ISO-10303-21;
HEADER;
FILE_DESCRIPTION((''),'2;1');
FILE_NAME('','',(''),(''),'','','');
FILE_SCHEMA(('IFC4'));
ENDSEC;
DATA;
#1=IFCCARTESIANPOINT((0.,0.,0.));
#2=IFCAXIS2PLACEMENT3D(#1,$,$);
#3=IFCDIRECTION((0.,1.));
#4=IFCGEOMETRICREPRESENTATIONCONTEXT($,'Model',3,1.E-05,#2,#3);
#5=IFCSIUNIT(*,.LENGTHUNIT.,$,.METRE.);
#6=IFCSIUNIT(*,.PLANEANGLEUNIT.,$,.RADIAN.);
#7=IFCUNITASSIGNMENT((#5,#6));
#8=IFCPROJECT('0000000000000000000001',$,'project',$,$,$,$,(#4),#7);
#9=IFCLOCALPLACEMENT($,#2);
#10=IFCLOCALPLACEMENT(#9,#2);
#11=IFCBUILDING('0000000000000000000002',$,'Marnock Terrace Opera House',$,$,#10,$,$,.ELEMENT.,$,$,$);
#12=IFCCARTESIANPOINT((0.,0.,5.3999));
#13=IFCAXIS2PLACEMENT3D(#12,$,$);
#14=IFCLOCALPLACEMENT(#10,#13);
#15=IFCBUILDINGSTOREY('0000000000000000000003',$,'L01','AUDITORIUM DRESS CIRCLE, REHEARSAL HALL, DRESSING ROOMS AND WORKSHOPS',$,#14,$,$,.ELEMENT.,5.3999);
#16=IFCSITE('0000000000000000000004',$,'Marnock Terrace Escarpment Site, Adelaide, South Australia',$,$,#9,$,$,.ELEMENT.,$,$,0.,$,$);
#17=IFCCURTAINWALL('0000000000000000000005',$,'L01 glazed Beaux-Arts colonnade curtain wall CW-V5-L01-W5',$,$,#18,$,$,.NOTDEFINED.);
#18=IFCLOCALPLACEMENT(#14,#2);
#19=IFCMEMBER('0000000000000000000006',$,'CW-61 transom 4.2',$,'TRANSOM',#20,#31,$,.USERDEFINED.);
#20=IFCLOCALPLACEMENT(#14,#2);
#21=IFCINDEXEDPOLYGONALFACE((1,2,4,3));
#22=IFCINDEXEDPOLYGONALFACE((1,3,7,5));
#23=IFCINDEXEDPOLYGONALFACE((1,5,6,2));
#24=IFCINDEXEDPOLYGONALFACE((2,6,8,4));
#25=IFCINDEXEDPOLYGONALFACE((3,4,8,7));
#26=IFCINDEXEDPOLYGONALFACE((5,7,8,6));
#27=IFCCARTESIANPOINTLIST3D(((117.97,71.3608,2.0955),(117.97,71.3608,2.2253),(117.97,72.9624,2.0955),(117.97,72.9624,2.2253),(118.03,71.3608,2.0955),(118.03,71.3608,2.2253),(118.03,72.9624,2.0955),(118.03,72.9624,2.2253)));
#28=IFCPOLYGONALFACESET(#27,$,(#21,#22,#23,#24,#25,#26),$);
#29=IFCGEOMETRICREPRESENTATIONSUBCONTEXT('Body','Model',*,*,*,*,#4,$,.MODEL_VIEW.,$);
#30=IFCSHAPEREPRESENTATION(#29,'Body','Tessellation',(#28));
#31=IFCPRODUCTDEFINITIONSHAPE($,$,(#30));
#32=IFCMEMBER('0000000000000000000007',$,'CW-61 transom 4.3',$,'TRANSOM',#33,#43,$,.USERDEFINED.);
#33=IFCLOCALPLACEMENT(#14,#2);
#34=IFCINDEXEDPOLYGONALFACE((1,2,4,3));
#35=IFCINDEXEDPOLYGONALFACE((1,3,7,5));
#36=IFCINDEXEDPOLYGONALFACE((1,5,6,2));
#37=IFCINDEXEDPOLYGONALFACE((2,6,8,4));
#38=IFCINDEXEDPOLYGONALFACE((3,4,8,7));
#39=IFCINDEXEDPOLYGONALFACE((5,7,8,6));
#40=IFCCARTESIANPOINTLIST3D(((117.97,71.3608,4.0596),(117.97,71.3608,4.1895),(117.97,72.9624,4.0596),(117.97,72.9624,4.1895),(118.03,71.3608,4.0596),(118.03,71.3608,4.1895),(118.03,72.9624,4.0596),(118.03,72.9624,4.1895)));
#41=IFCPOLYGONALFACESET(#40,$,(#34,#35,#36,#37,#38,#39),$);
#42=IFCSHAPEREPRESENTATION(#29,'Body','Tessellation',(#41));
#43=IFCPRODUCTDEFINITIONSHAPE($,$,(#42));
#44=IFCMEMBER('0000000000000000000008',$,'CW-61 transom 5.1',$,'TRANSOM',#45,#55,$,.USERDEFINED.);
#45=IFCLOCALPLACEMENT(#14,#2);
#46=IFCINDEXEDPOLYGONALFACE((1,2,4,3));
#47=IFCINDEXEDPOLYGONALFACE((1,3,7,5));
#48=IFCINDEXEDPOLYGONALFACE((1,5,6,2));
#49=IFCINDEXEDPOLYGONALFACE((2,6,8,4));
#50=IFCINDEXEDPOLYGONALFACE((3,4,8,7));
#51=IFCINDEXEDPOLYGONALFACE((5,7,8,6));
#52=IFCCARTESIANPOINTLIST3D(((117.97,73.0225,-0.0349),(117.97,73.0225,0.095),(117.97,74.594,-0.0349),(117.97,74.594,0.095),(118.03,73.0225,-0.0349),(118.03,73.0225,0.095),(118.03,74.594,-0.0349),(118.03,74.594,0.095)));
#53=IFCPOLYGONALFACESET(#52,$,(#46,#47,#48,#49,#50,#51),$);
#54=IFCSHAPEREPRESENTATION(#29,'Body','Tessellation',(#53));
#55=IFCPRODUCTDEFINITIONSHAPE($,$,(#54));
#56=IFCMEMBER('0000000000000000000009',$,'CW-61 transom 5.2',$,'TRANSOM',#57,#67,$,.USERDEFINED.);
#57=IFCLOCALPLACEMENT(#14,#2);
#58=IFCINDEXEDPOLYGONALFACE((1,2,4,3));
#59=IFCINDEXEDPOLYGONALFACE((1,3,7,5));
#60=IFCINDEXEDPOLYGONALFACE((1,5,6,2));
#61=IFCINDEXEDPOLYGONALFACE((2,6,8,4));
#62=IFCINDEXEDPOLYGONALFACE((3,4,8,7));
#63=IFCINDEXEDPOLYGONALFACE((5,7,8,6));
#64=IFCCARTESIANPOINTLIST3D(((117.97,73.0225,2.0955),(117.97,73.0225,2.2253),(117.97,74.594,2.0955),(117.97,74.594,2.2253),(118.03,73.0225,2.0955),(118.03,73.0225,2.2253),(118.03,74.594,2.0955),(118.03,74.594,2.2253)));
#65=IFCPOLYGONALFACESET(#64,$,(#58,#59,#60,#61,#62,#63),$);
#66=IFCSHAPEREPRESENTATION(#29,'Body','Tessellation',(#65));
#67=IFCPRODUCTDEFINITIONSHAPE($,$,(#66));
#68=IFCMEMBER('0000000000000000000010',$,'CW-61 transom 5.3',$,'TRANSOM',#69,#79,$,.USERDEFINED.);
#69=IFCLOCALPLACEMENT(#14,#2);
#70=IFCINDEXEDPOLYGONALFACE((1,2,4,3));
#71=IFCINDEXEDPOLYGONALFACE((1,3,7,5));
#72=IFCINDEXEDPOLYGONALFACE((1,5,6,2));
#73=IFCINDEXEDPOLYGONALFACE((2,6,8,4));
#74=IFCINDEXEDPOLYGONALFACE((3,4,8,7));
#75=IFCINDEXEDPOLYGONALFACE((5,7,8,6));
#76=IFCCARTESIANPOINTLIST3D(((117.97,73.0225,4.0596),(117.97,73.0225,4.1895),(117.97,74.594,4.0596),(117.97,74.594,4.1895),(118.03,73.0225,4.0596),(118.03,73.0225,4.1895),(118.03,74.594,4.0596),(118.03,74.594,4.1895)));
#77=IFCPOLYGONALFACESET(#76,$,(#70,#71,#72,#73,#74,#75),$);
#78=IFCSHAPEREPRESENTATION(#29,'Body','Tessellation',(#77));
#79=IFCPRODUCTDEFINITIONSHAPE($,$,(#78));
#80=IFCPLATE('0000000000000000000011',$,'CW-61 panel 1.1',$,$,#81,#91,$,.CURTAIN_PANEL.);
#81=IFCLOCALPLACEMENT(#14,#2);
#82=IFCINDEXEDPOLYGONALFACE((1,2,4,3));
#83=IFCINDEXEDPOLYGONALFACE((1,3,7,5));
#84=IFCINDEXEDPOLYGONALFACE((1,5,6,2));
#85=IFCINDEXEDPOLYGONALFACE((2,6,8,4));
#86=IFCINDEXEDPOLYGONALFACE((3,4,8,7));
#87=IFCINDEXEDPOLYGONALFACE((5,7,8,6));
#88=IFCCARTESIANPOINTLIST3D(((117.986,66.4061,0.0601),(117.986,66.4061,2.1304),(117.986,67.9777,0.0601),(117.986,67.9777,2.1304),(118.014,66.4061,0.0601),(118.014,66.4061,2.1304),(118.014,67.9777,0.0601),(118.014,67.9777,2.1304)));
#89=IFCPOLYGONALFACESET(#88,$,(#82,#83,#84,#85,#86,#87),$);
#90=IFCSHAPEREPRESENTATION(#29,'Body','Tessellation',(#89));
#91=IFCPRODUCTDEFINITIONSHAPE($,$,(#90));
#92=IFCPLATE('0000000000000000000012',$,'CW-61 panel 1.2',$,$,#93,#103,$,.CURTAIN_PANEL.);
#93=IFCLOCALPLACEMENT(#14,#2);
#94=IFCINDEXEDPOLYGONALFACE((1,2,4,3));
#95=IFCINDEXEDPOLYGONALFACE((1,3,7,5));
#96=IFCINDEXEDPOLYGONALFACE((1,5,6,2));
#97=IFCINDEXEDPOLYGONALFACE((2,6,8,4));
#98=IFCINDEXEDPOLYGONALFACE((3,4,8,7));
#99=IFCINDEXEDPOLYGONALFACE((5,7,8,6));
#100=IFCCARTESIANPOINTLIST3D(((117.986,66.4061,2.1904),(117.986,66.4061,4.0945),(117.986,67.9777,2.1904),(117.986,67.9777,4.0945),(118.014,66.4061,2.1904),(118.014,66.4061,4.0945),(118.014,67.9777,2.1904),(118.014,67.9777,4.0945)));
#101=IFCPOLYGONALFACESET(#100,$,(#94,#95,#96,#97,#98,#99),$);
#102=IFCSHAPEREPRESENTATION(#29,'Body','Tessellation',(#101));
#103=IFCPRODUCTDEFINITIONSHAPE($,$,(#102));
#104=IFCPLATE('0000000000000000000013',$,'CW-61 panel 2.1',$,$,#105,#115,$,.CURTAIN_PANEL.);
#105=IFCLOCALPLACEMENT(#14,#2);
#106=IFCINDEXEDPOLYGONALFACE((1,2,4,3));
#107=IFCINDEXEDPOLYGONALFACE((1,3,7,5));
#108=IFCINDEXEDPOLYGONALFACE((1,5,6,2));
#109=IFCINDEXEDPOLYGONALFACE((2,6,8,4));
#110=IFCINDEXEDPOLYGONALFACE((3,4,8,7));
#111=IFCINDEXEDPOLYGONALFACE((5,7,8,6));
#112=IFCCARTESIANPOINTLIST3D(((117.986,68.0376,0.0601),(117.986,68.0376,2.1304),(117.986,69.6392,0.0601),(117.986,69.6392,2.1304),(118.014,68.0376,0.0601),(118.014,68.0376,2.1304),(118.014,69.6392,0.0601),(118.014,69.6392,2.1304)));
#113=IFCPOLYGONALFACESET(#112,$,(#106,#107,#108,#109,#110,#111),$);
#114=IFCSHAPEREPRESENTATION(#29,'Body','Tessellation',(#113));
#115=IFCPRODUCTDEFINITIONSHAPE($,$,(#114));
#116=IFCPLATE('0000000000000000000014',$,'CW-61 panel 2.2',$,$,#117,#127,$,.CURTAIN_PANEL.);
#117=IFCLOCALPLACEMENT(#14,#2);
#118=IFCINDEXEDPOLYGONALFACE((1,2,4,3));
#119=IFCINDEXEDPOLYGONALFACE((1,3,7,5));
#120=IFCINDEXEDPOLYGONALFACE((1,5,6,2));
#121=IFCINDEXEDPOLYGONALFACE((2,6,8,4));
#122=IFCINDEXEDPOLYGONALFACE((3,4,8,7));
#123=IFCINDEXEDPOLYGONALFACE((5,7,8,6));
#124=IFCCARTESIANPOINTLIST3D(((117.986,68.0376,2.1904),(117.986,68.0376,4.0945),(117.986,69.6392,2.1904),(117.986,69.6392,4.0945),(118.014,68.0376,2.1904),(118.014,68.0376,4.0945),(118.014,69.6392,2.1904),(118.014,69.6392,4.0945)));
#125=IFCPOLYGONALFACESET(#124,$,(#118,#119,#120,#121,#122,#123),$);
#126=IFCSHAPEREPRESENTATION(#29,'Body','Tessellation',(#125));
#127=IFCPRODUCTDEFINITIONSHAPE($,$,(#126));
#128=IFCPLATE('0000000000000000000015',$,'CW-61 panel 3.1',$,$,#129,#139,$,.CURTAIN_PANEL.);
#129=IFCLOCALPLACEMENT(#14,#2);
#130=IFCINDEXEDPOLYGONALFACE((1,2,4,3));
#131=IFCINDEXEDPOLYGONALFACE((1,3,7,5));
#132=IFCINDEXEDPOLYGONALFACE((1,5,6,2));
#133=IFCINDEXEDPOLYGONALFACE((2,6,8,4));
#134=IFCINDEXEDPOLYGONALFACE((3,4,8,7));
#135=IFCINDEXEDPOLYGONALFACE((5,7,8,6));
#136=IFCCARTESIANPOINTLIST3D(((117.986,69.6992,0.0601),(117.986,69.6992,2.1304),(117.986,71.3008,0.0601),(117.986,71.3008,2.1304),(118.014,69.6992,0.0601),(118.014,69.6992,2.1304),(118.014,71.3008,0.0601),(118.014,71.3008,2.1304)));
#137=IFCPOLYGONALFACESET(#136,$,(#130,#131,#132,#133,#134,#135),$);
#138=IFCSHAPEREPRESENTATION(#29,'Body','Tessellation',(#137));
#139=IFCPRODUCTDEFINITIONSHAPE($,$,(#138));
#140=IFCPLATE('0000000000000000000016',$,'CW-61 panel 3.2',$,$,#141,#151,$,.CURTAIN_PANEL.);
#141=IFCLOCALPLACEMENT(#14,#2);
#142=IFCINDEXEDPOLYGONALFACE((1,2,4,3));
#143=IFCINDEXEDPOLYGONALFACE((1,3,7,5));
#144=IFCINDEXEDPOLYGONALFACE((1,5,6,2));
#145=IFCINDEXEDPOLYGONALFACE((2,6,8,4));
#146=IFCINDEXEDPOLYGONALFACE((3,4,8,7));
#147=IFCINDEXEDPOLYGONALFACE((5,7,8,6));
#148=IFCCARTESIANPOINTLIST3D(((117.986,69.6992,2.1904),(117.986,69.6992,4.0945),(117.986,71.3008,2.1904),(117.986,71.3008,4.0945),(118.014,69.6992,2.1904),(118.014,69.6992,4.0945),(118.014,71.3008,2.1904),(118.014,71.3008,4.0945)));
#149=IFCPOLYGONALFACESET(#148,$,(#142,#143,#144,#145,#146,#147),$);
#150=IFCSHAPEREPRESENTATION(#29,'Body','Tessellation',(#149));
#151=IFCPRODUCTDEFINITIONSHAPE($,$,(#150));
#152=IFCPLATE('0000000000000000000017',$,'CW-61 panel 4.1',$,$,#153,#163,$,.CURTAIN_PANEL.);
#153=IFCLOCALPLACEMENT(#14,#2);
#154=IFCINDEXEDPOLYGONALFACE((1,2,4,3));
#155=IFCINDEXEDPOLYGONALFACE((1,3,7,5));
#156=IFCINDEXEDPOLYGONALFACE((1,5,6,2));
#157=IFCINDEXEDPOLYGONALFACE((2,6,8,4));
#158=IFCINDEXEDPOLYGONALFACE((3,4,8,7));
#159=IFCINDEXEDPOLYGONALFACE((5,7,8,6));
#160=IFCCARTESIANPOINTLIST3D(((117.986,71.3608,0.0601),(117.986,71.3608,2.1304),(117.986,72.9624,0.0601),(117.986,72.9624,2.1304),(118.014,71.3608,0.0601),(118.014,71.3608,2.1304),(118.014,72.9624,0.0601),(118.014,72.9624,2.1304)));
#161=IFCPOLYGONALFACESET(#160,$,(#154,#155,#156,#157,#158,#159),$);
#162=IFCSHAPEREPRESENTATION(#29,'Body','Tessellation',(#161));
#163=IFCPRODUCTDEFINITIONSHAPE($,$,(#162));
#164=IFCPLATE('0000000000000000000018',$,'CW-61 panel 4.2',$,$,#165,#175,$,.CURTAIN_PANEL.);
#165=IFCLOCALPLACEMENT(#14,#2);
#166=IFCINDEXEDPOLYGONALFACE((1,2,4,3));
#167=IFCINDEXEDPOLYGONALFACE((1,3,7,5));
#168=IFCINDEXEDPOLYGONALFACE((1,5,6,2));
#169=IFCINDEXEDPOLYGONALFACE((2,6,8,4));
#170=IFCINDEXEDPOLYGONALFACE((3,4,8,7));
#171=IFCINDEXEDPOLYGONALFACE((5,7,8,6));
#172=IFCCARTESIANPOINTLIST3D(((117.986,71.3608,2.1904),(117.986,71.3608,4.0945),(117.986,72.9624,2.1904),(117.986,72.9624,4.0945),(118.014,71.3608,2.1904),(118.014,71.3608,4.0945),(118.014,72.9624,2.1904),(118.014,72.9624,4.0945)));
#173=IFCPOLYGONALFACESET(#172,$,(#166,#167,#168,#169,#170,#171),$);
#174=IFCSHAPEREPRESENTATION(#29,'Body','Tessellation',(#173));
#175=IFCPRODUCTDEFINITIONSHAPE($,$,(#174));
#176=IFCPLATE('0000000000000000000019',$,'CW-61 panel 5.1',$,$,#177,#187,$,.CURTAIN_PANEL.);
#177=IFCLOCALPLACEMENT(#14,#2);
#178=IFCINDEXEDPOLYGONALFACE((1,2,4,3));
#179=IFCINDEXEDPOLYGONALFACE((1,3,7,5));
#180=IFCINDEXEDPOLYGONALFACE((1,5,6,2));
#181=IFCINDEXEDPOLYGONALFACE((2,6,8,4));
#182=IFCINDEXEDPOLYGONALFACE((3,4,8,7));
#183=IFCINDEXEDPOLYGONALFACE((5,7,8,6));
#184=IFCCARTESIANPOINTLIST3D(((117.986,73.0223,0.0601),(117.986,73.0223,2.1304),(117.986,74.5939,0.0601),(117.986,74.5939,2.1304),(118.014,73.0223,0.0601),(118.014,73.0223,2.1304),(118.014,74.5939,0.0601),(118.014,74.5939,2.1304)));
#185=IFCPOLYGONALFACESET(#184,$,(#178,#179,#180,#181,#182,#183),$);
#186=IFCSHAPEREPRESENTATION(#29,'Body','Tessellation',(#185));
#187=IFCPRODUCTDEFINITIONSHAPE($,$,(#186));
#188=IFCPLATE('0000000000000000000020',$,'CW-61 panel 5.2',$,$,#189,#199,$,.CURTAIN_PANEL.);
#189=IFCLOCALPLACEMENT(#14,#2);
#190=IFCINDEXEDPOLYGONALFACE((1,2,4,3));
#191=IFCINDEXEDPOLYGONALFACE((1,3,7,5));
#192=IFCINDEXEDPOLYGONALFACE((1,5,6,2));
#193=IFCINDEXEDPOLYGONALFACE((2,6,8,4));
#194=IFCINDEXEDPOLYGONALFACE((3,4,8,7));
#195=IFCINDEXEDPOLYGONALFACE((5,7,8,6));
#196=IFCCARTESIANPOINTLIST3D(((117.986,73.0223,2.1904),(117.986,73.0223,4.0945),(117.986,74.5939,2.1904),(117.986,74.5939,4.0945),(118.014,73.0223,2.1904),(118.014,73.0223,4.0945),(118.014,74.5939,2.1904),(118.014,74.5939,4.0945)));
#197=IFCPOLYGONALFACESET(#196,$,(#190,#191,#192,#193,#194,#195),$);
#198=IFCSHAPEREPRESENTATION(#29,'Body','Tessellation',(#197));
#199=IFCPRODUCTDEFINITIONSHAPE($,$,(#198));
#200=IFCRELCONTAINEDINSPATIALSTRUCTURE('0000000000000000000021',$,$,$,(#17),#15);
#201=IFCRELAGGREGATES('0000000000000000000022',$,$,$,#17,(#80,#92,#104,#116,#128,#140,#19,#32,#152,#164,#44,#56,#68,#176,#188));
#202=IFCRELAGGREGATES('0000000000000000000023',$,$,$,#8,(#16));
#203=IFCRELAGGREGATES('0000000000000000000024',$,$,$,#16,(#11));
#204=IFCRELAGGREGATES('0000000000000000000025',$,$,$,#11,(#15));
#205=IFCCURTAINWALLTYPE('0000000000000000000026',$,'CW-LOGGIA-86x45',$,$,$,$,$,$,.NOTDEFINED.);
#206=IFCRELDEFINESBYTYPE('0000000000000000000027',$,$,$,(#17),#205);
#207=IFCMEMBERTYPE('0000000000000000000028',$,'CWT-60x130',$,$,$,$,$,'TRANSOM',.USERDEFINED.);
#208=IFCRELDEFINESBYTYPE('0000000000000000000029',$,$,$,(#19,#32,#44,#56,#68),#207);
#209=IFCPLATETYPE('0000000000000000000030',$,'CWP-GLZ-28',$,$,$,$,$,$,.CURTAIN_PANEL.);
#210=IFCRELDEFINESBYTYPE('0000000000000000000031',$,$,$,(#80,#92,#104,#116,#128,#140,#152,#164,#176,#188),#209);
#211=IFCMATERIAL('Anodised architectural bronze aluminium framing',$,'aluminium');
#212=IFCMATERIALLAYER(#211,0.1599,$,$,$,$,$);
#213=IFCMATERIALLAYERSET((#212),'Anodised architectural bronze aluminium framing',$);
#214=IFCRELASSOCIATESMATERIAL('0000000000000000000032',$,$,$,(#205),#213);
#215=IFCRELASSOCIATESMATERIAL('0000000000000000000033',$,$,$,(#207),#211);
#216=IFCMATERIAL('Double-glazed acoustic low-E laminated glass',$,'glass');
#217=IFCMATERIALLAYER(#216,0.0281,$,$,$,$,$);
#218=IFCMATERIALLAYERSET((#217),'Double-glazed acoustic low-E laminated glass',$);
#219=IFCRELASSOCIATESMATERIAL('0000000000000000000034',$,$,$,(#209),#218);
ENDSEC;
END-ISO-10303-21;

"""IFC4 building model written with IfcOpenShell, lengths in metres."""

from ifc_helpers import new_model, si_unit, direction, frame, origin, origin_2d, place, context, subcontext, project, spatial, rectangle, extrude, material, layer, layer_set, material_profile, profile_set, type_object, element, aggregate, save


model = new_model("IFC4")

# Units and contexts
model_context = context("Model", 3, precision=1e-05, world=origin(), true_north=direction((0.0, 1.0)))
body_context = subcontext(model_context, "Body", "Model", "MODEL_VIEW")
ifc_project = project(units=[si_unit("LENGTHUNIT", "METRE"), si_unit("PLANEANGLEUNIT", "RADIAN")], contexts=[model_context])

# Site, building, storey
site_placement = place(None, origin())
site = spatial("IfcSite", under=ifc_project, at=site_placement, Name="Marnock Terrace Escarpment Site, Adelaide, South Australia", CompositionType="ELEMENT", RefElevation=0.0)
building_placement = place(site_placement, origin())
building = spatial("IfcBuilding", under=site, at=building_placement, Name="Marnock Terrace Opera House", CompositionType="ELEMENT")
storey_placement = place(building_placement, frame((0.0, 0.0, 5.3999)))
storey = spatial("IfcBuildingStorey", under=building, at=storey_placement, Name="L01", Description="AUDITORIUM DRESS CIRCLE, REHEARSAL HALL, DRESSING ROOMS AND WORKSHOPS", CompositionType="ELEMENT", Elevation=5.3999)

# Shared definitions
ifc_material_1 = material(Name="Anodised architectural bronze aluminium framing", Category="aluminium")

# Curtain wall
ifc_layer_1 = layer(ifc_material_1, 0.1599)
ifc_layer_set_1 = layer_set([ifc_layer_1], Name="Anodised architectural bronze aluminium framing")
curtain_wall_type_1 = type_object("IfcCurtainWallType", Name="CW-LOGGIA-86x45", PredefinedType="NOTDEFINED", material=ifc_layer_set_1)
curtain_wall_1_placement = place(storey_placement, origin())
curtain_wall_1 = element("IfcCurtainWall", 1, at=curtain_wall_1_placement, inside=storey, type_object=curtain_wall_type_1, Name="L01 glazed Beaux-Arts colonnade curtain wall CW-V5-L01-W5", PredefinedType="NOTDEFINED")

# Members
ifc_material_profile_1 = material_profile(ifc_material_1, rectangle(XDim=0.0601, YDim=0.1299, at=origin_2d()))
ifc_profile_set_1 = profile_set([ifc_material_profile_1], Name="Anodised architectural bronze aluminium framing")
member_type_1 = type_object("IfcMemberType", Name="CWT-60x130", ElementType="TRANSOM", PredefinedType="USERDEFINED", material=ifc_profile_set_1)
member_1_placement = place(storey_placement, frame((118.0, 71.3608, 2.1604), z_axis=(0.0, 1.0, 0.0), x_axis=(-1.0, 0.0, 0.0)))
member_1 = element("IfcMember", 2, at=member_1_placement, type_object=member_type_1, Name="CW-61 transom 4.2", ObjectType="TRANSOM", PredefinedType="USERDEFINED", context=body_context, shape_type="SweptSolid", body=[
    extrude(rectangle(XDim=0.0601, YDim=0.1299, at=origin_2d()), origin(), (0.0, 0.0, 1.0), 1.6016),
])
member_2_placement = place(storey_placement, frame((118.0, 71.3608, 4.1245), z_axis=(0.0, 1.0, 0.0), x_axis=(-1.0, 0.0, 0.0)))
member_2 = element("IfcMember", 3, at=member_2_placement, type_object=member_type_1, Name="CW-61 transom 4.3", ObjectType="TRANSOM", PredefinedType="USERDEFINED", context=body_context, shape_type="SweptSolid", body=[
    extrude(rectangle(XDim=0.0601, YDim=0.1299, at=origin_2d()), origin(), (0.0, 0.0, 1.0), 1.6016),
])
member_3_placement = place(storey_placement, frame((118.0, 73.0225, 0.03), z_axis=(0.0, 1.0, 0.0), x_axis=(-1.0, 0.0, 0.0)))
member_3 = element("IfcMember", 4, at=member_3_placement, type_object=member_type_1, Name="CW-61 transom 5.1", ObjectType="TRANSOM", PredefinedType="USERDEFINED", context=body_context, shape_type="SweptSolid", body=[
    extrude(rectangle(XDim=0.0601, YDim=0.1299, at=origin_2d()), origin(), (0.0, 0.0, 1.0), 1.5715),
])
member_4_placement = place(storey_placement, frame((118.0, 73.0225, 2.1604), z_axis=(0.0, 1.0, 0.0), x_axis=(-1.0, 0.0, 0.0)))
member_4 = element("IfcMember", 5, at=member_4_placement, type_object=member_type_1, Name="CW-61 transom 5.2", ObjectType="TRANSOM", PredefinedType="USERDEFINED", context=body_context, shape_type="SweptSolid", body=[
    extrude(rectangle(XDim=0.0601, YDim=0.1299, at=origin_2d()), origin(), (0.0, 0.0, 1.0), 1.5715),
])
member_5_placement = place(storey_placement, frame((118.0, 73.0225, 4.1245), z_axis=(0.0, 1.0, 0.0), x_axis=(-1.0, 0.0, 0.0)))
member_5 = element("IfcMember", 6, at=member_5_placement, type_object=member_type_1, Name="CW-61 transom 5.3", ObjectType="TRANSOM", PredefinedType="USERDEFINED", context=body_context, shape_type="SweptSolid", body=[
    extrude(rectangle(XDim=0.0601, YDim=0.1299, at=origin_2d()), origin(), (0.0, 0.0, 1.0), 1.5715),
])

# Plates
ifc_material_2 = material(Name="Double-glazed acoustic low-E laminated glass", Category="glass")
ifc_layer_2 = layer(ifc_material_2, 0.0281)
ifc_layer_set_2 = layer_set([ifc_layer_2], Name="Double-glazed acoustic low-E laminated glass")
plate_type_1 = type_object("IfcPlateType", Name="CWP-GLZ-28", PredefinedType="CURTAIN_PANEL", material=ifc_layer_set_2)
plate_1_placement = place(storey_placement, frame((118.0, 67.1919, 0.0601), z_axis=(0.0, 0.0, 1.0), x_axis=(0.0, 1.0, 0.0)))
plate_1 = element("IfcPlate", 7, at=plate_1_placement, type_object=plate_type_1, Name="CW-61 panel 1.1", PredefinedType="CURTAIN_PANEL", context=body_context, shape_type="SweptSolid", body=[
    extrude(rectangle(XDim=1.5715, YDim=0.0281, at=origin_2d()), origin(), (0.0, 0.0, 1.0), 2.0703),
])
plate_2_placement = place(storey_placement, frame((118.0, 67.1919, 2.1904), z_axis=(0.0, 0.0, 1.0), x_axis=(0.0, 1.0, 0.0)))
plate_2 = element("IfcPlate", 8, at=plate_2_placement, type_object=plate_type_1, Name="CW-61 panel 1.2", PredefinedType="CURTAIN_PANEL", context=body_context, shape_type="SweptSolid", body=[
    extrude(rectangle(XDim=1.5715, YDim=0.0281, at=origin_2d()), origin(), (0.0, 0.0, 1.0), 1.9041),
])
plate_3_placement = place(storey_placement, frame((118.0, 68.8384, 0.0601), z_axis=(0.0, 0.0, 1.0), x_axis=(0.0, 1.0, 0.0)))
plate_3 = element("IfcPlate", 9, at=plate_3_placement, type_object=plate_type_1, Name="CW-61 panel 2.1", PredefinedType="CURTAIN_PANEL", context=body_context, shape_type="SweptSolid", body=[
    extrude(rectangle(XDim=1.6016, YDim=0.0281, at=origin_2d()), origin(), (0.0, 0.0, 1.0), 2.0703),
])
plate_4_placement = place(storey_placement, frame((118.0, 68.8384, 2.1904), z_axis=(0.0, 0.0, 1.0), x_axis=(0.0, 1.0, 0.0)))
plate_4 = element("IfcPlate", 10, at=plate_4_placement, type_object=plate_type_1, Name="CW-61 panel 2.2", PredefinedType="CURTAIN_PANEL", context=body_context, shape_type="SweptSolid", body=[
    extrude(rectangle(XDim=1.6016, YDim=0.0281, at=origin_2d()), origin(), (0.0, 0.0, 1.0), 1.9041),
])
plate_5_placement = place(storey_placement, frame((118.0, 70.5, 0.0601), z_axis=(0.0, 0.0, 1.0), x_axis=(0.0, 1.0, 0.0)))
plate_5 = element("IfcPlate", 11, at=plate_5_placement, type_object=plate_type_1, Name="CW-61 panel 3.1", PredefinedType="CURTAIN_PANEL", context=body_context, shape_type="SweptSolid", body=[
    extrude(rectangle(XDim=1.6016, YDim=0.0281, at=origin_2d()), origin(), (0.0, 0.0, 1.0), 2.0703),
])
plate_6_placement = place(storey_placement, frame((118.0, 70.5, 2.1904), z_axis=(0.0, 0.0, 1.0), x_axis=(0.0, 1.0, 0.0)))
plate_6 = element("IfcPlate", 12, at=plate_6_placement, type_object=plate_type_1, Name="CW-61 panel 3.2", PredefinedType="CURTAIN_PANEL", context=body_context, shape_type="SweptSolid", body=[
    extrude(rectangle(XDim=1.6016, YDim=0.0281, at=origin_2d()), origin(), (0.0, 0.0, 1.0), 1.9041),
])
plate_7_placement = place(storey_placement, frame((118.0, 72.1616, 0.0601), z_axis=(0.0, 0.0, 1.0), x_axis=(0.0, 1.0, 0.0)))
plate_7 = element("IfcPlate", 13, at=plate_7_placement, type_object=plate_type_1, Name="CW-61 panel 4.1", PredefinedType="CURTAIN_PANEL", context=body_context, shape_type="SweptSolid", body=[
    extrude(rectangle(XDim=1.6016, YDim=0.0281, at=origin_2d()), origin(), (0.0, 0.0, 1.0), 2.0703),
])
plate_8_placement = place(storey_placement, frame((118.0, 72.1616, 2.1904), z_axis=(0.0, 0.0, 1.0), x_axis=(0.0, 1.0, 0.0)))
plate_8 = element("IfcPlate", 14, at=plate_8_placement, type_object=plate_type_1, Name="CW-61 panel 4.2", PredefinedType="CURTAIN_PANEL", context=body_context, shape_type="SweptSolid", body=[
    extrude(rectangle(XDim=1.6016, YDim=0.0281, at=origin_2d()), origin(), (0.0, 0.0, 1.0), 1.9041),
])
plate_9_placement = place(storey_placement, frame((118.0, 73.8081, 0.0601), z_axis=(0.0, 0.0, 1.0), x_axis=(0.0, 1.0, 0.0)))
plate_9 = element("IfcPlate", 15, at=plate_9_placement, type_object=plate_type_1, Name="CW-61 panel 5.1", PredefinedType="CURTAIN_PANEL", context=body_context, shape_type="SweptSolid", body=[
    extrude(rectangle(XDim=1.5715, YDim=0.0281, at=origin_2d()), origin(), (0.0, 0.0, 1.0), 2.0703),
])
plate_10_placement = place(storey_placement, frame((118.0, 73.8081, 2.1904), z_axis=(0.0, 0.0, 1.0), x_axis=(0.0, 1.0, 0.0)))
plate_10 = element("IfcPlate", 16, at=plate_10_placement, type_object=plate_type_1, Name="CW-61 panel 5.2", PredefinedType="CURTAIN_PANEL", context=body_context, shape_type="SweptSolid", body=[
    extrude(rectangle(XDim=1.5715, YDim=0.0281, at=origin_2d()), origin(), (0.0, 0.0, 1.0), 1.9041),
])
aggregate(curtain_wall_1, [plate_1, plate_2, plate_3, plate_4, plate_5, plate_6, member_1, member_2, plate_7, plate_8, member_3, member_4, member_5, plate_9, plate_10])

save(model, "model.ifc")
